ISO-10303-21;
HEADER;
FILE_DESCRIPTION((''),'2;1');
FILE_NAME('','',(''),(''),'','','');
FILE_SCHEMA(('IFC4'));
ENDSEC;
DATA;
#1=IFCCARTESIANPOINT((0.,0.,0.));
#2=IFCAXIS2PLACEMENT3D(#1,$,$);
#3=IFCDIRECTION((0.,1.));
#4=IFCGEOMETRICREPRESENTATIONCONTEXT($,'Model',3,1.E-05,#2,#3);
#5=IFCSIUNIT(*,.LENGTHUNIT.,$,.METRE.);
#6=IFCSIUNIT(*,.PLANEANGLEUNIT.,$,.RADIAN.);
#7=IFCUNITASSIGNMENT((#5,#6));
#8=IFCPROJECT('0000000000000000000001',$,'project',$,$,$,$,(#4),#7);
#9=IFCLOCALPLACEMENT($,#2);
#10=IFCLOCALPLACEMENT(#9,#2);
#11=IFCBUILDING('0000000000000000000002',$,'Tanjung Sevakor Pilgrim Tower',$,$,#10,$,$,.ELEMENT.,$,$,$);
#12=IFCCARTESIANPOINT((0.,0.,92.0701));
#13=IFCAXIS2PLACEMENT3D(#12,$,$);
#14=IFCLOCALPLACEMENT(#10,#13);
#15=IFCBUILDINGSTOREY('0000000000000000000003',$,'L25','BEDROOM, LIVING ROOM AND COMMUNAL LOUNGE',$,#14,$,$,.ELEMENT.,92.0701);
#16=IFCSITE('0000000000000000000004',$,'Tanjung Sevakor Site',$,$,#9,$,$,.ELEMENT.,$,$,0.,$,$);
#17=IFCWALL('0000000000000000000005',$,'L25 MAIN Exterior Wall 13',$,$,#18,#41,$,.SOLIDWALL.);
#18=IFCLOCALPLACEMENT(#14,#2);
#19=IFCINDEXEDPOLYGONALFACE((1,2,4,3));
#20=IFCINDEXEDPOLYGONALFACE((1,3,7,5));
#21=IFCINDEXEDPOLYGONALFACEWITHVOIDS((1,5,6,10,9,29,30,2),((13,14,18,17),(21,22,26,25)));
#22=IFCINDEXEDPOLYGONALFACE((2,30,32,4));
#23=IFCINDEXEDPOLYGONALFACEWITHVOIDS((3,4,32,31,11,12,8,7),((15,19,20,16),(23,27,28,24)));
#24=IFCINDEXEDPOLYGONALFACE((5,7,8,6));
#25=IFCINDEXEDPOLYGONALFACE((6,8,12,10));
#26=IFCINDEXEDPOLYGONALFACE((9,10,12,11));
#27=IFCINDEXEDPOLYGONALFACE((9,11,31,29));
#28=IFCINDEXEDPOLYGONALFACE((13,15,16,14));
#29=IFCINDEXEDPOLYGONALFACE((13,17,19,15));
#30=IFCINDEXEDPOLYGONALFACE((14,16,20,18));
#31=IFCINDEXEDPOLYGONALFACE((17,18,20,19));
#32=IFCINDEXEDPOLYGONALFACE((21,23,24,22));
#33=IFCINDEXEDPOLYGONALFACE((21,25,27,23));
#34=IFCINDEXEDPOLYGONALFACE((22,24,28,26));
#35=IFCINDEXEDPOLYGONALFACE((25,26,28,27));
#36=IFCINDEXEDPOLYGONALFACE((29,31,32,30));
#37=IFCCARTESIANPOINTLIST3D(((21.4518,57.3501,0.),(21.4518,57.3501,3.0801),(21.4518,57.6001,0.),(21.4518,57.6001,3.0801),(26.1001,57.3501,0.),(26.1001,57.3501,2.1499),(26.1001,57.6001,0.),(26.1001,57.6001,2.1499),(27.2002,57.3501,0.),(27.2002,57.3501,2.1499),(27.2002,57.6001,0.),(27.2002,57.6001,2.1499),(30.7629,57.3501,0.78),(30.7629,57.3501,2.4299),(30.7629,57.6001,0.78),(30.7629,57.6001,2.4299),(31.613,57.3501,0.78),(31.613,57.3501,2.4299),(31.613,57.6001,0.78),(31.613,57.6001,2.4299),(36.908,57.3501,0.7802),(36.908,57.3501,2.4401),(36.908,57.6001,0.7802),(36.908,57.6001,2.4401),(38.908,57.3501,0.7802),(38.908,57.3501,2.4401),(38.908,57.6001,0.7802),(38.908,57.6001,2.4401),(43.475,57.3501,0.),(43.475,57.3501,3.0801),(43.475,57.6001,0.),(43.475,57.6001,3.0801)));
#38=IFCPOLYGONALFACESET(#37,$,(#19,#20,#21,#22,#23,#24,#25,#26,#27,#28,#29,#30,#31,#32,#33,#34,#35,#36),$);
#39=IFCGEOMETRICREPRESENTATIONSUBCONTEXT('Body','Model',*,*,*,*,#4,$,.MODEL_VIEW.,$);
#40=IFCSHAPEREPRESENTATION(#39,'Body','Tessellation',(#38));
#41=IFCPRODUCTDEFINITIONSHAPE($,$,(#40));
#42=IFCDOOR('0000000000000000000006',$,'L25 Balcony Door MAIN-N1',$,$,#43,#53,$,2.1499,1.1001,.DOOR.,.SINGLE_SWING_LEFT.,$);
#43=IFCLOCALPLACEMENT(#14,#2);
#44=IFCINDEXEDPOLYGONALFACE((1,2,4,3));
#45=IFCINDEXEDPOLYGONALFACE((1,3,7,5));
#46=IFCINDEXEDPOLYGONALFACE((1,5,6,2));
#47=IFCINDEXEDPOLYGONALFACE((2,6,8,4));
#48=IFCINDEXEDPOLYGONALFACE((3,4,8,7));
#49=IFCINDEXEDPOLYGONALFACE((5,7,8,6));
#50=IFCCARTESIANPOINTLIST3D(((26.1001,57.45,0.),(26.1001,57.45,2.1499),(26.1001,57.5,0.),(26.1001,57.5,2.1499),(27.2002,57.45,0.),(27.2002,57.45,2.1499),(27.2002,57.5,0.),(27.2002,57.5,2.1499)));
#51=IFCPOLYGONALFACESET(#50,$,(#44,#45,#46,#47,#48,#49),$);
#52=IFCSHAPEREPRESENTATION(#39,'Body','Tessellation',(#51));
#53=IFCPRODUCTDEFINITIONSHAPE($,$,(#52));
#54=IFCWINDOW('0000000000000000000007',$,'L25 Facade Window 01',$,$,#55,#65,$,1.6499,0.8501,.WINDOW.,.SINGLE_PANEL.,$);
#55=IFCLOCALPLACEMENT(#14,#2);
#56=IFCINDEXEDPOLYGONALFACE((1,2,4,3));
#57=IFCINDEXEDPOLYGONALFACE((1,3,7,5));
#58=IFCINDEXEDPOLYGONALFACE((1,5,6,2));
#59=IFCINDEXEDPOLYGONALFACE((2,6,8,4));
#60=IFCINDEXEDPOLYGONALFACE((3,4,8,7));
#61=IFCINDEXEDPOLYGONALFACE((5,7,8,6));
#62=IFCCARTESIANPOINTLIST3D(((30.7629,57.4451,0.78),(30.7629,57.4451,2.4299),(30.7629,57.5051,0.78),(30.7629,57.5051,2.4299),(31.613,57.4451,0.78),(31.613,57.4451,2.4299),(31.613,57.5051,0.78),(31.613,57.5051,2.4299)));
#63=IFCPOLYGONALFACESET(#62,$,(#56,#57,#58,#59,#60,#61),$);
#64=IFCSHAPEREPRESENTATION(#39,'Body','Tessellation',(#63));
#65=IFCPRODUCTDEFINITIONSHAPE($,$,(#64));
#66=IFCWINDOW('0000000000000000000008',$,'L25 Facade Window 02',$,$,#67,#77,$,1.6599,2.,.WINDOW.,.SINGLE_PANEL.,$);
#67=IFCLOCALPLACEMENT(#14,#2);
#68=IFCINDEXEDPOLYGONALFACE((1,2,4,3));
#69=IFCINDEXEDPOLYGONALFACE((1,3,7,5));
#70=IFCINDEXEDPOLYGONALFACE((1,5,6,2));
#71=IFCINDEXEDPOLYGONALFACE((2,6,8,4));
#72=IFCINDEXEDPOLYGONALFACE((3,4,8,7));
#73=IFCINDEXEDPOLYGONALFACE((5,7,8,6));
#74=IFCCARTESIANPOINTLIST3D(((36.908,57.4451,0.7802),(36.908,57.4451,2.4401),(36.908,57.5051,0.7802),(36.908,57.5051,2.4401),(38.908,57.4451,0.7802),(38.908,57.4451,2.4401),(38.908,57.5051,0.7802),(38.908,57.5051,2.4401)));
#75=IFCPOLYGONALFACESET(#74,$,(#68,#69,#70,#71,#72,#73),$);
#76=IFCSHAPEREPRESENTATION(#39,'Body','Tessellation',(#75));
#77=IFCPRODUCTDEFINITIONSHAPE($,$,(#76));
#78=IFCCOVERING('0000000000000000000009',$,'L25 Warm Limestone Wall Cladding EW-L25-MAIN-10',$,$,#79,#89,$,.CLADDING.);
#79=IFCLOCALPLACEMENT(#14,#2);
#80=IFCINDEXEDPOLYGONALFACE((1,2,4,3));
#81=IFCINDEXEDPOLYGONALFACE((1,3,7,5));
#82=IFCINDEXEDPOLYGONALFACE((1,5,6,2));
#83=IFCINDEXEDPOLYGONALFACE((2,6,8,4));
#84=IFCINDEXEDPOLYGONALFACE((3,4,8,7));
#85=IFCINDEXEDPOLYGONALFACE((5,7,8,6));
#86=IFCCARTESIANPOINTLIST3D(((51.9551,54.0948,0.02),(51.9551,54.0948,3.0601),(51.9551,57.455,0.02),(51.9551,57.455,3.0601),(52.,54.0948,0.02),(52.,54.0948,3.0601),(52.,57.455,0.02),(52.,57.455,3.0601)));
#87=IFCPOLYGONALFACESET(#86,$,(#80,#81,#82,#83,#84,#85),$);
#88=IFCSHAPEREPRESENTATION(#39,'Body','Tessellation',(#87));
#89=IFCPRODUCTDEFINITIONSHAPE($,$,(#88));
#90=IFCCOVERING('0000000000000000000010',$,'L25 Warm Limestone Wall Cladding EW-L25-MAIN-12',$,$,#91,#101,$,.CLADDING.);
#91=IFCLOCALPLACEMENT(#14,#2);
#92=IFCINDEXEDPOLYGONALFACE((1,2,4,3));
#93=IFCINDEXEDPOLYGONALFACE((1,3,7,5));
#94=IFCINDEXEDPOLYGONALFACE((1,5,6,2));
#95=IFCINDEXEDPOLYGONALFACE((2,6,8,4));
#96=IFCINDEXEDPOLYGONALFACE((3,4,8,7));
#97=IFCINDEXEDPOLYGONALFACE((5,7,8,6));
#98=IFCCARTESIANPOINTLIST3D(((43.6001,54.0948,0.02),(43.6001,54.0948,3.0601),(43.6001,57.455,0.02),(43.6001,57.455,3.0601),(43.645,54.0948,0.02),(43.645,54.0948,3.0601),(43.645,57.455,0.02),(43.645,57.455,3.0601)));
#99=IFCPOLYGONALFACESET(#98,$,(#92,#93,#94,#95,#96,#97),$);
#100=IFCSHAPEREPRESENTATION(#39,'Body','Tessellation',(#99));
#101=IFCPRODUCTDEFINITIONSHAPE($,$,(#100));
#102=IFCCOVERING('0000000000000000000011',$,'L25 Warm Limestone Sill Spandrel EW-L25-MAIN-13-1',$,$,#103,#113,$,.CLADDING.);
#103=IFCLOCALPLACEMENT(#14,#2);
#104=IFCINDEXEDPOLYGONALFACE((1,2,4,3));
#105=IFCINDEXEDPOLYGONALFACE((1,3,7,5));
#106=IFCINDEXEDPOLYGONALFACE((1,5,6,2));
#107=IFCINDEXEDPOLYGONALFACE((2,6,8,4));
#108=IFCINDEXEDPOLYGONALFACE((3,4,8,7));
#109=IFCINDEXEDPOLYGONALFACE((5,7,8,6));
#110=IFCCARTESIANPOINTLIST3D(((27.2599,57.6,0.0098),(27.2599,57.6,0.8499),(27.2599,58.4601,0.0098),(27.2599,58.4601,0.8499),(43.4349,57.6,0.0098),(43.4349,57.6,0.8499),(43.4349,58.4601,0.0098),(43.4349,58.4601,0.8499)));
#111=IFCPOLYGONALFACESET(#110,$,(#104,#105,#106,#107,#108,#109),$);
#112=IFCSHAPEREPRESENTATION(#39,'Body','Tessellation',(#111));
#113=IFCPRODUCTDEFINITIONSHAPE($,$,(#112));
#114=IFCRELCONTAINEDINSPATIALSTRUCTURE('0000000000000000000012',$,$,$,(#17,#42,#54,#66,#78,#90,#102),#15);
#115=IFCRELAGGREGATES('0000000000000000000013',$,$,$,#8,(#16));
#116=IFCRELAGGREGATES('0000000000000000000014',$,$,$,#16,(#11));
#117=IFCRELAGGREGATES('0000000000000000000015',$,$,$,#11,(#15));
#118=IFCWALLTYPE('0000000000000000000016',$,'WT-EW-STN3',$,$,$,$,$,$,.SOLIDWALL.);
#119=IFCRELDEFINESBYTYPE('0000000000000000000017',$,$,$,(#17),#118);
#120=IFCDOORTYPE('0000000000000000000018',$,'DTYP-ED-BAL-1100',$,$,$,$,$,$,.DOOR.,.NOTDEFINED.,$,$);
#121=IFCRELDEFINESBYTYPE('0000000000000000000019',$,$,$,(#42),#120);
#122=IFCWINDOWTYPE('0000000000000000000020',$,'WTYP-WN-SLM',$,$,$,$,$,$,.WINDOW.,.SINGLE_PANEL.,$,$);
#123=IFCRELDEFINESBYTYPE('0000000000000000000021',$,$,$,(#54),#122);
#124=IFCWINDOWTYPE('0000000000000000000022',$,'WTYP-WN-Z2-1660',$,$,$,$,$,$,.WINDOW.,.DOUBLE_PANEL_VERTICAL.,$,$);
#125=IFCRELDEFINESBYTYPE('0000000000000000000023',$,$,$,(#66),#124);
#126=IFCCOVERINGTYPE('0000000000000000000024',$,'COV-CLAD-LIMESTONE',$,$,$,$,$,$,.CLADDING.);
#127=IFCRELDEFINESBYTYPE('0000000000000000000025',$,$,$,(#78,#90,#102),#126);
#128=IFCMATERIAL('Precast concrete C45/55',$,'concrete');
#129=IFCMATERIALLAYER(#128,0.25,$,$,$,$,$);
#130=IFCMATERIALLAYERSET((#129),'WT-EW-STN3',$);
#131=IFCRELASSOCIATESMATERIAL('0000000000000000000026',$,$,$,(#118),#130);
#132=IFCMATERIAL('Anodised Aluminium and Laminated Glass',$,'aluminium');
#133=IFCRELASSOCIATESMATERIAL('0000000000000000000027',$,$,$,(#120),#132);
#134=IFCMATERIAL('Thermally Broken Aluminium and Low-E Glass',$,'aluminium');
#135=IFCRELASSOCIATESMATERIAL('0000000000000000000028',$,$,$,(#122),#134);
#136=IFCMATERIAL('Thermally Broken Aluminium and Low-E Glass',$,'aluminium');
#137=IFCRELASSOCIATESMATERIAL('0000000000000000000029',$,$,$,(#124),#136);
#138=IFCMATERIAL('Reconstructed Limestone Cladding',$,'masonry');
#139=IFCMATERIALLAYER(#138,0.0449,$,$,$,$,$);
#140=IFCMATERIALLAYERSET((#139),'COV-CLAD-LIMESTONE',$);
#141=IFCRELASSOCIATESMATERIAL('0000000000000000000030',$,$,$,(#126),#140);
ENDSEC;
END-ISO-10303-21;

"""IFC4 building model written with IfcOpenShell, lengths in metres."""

from ifc_helpers import new_model, si_unit, direction, frame, frame_2d, origin, origin_2d, place, context, subcontext, project, spatial, rectangle, extrude, material, layer, layer_set, type_object, element, fill, save


model = new_model("IFC4")

# Units and contexts
model_context = context("Model", 3, precision=1e-05, world=origin(), true_north=direction((0.0, 1.0)))
body_context = subcontext(model_context, "Body", "Model", "MODEL_VIEW")
ifc_project = project(units=[si_unit("LENGTHUNIT", "METRE"), si_unit("PLANEANGLEUNIT", "RADIAN")], contexts=[model_context])

# Site, building, storey
site_placement = place(None, origin())
site = spatial("IfcSite", under=ifc_project, at=site_placement, Name="Tanjung Sevakor Site", CompositionType="ELEMENT", RefElevation=0.0)
building_placement = place(site_placement, origin())
building = spatial("IfcBuilding", under=site, at=building_placement, Name="Tanjung Sevakor Pilgrim Tower", CompositionType="ELEMENT")
storey_placement = place(building_placement, frame((0.0, 0.0, 92.0701)))
storey = spatial("IfcBuildingStorey", under=building, at=storey_placement, Name="L25", Description="BEDROOM, LIVING ROOM AND COMMUNAL LOUNGE", CompositionType="ELEMENT", Elevation=92.0701)

# Shared definitions
ifc_material_1 = material(Name="Precast concrete C45/55", Category="concrete")
ifc_layer_1 = layer(ifc_material_1, 0.25)
ifc_layer_set_1 = layer_set([ifc_layer_1], Name="WT-EW-STN3")
wall_type_1 = type_object("IfcWallType", Name="WT-EW-STN3", PredefinedType="SOLIDWALL", material=ifc_layer_set_1)

# Wall, openings, door, windows
wall_1_placement = place(storey_placement, frame((43.4751, 57.4751, 0.0), z_axis=(0.0, 0.0, 1.0), x_axis=(-1.0, 0.0, 0.0)))
wall_1 = element("IfcWall", 1, at=wall_1_placement, inside=storey, type_object=wall_type_1, Name="L25 MAIN Exterior Wall 13", PredefinedType="SOLIDWALL", context=body_context, shape_type="SweptSolid", body=[
    extrude(rectangle(XDim=22.0232, YDim=0.25, at=frame_2d((11.0117, 0.0))), origin(), (0.0, 0.0, 1.0), 3.0801),
])
opening_1_placement = place(wall_1_placement, frame((16.2749, 0.0, 0.0)))
opening_1 = element("IfcOpeningElement", 2, at=opening_1_placement, cuts=wall_1, PredefinedType="OPENING", context=body_context, shape_type="SweptSolid", body=[
    extrude(rectangle(XDim=1.1001, YDim=2.1499, at=frame_2d((0.55, 1.075))), frame((0.0, 0.135, 0.0), z_axis=(0.0, -1.0, 0.0), x_axis=(1.0, 0.0, 0.0)), (0.0, 0.0, 1.0), 0.27),
])
opening_2_placement = place(wall_1_placement, frame((11.8621, 0.0, 0.78)))
opening_2 = element("IfcOpeningElement", 3, at=opening_2_placement, cuts=wall_1, PredefinedType="OPENING", context=body_context, shape_type="SweptSolid", body=[
    extrude(rectangle(XDim=0.8501, YDim=1.6499, at=frame_2d((0.425, 0.825))), frame((0.0, 0.135, 0.0), z_axis=(0.0, -1.0, 0.0), x_axis=(1.0, 0.0, 0.0)), (0.0, 0.0, 1.0), 0.27),
])
opening_3_placement = place(wall_1_placement, frame((4.5671, 0.0, 0.78)))
opening_3 = element("IfcOpeningElement", 4, at=opening_3_placement, cuts=wall_1, PredefinedType="OPENING", context=body_context, shape_type="SweptSolid", body=[
    extrude(rectangle(XDim=2.0, YDim=1.6599, at=frame_2d((1.0, 0.8301))), frame((0.0, 0.135, 0.0), z_axis=(0.0, -1.0, 0.0), x_axis=(1.0, 0.0, 0.0)), (0.0, 0.0, 1.0), 0.27),
])
ifc_material_2 = material(Name="Anodised Aluminium and Laminated Glass", Category="aluminium")
door_type_1 = type_object("IfcDoorType", Name="DTYP-ED-BAL-1100", OperationType="NOTDEFINED", PredefinedType="DOOR", material=ifc_material_2)
door_1_placement = place(opening_1_placement, frame((1.1001, 0.0, 0.0), z_axis=(0.0, 0.0, 1.0), x_axis=(-1.0, 0.0, 0.0)))
door_1 = element("IfcDoor", 5, at=door_1_placement, inside=storey, type_object=door_type_1, Name="L25 Balcony Door MAIN-N1", OperationType="SINGLE_SWING_LEFT", OverallHeight=2.1499, OverallWidth=1.1001, PredefinedType="DOOR", context=body_context, shape_type="SweptSolid", body=[
    extrude(rectangle(XDim=1.1001, YDim=2.1499, at=frame_2d((0.55, 1.075))), frame((0.0, 0.0249, 0.0), z_axis=(0.0, -1.0, 0.0), x_axis=(1.0, 0.0, 0.0)), (0.0, 0.0, 1.0), 0.05),
])
fill(opening_1, door_1)
ifc_material_3 = material(Name="Thermally Broken Aluminium and Low-E Glass", Category="aluminium")
window_type_1 = type_object("IfcWindowType", Name="WTYP-WN-SLM", PartitioningType="SINGLE_PANEL", PredefinedType="WINDOW", material=ifc_material_3)
window_1_placement = place(opening_2_placement, origin())
window_1 = element("IfcWindow", 6, at=window_1_placement, inside=storey, type_object=window_type_1, Name="L25 Facade Window 01", OverallHeight=1.6499, OverallWidth=0.8501, PartitioningType="SINGLE_PANEL", PredefinedType="WINDOW", context=body_context, shape_type="SweptSolid", body=[
    extrude(rectangle(XDim=0.8501, YDim=1.6499, at=frame_2d((0.425, 0.825))), frame((0.0, 0.03, 0.0), z_axis=(0.0, -1.0, 0.0), x_axis=(1.0, 0.0, 0.0)), (0.0, 0.0, 1.0), 0.0601),
])
fill(opening_2, window_1)
ifc_material_4 = material(Name="Thermally Broken Aluminium and Low-E Glass", Category="aluminium")
window_type_2 = type_object("IfcWindowType", Name="WTYP-WN-Z2-1660", PartitioningType="DOUBLE_PANEL_VERTICAL", PredefinedType="WINDOW", material=ifc_material_4)
window_2_placement = place(opening_3_placement, origin())
window_2 = element("IfcWindow", 7, at=window_2_placement, inside=storey, type_object=window_type_2, Name="L25 Facade Window 02", OverallHeight=1.6599, OverallWidth=2.0, PartitioningType="SINGLE_PANEL", PredefinedType="WINDOW", context=body_context, shape_type="SweptSolid", body=[
    extrude(rectangle(XDim=2.0, YDim=1.6599, at=frame_2d((1.0, 0.8301))), frame((0.0, 0.03, 0.0), z_axis=(0.0, -1.0, 0.0), x_axis=(1.0, 0.0, 0.0)), (0.0, 0.0, 1.0), 0.0601),
])
fill(opening_3, window_2)

# Coverings
ifc_material_5 = material(Name="Reconstructed Limestone Cladding", Category="masonry")
ifc_layer_2 = layer(ifc_material_5, 0.0449)
ifc_layer_set_2 = layer_set([ifc_layer_2], Name="COV-CLAD-LIMESTONE")
covering_type = type_object("IfcCoveringType", Name="COV-CLAD-LIMESTONE", PredefinedType="CLADDING", material=ifc_layer_set_2)
for number, where, z_axis, x_axis, name in (
    (8, (51.9775, 55.7749, 0.02), (0.0, 0.0, 1.0), (0.0, -1.0, 0.0), "L25 Warm Limestone Wall Cladding EW-L25-MAIN-10"),
    (9, (43.6226, 55.7749, 0.02), (0.0, 0.0, 1.0), (0.0, 1.0, 0.0), "L25 Warm Limestone Wall Cladding EW-L25-MAIN-12"),
):
    element("IfcCovering", number, at=place(storey_placement, frame(where, z_axis=z_axis, x_axis=x_axis)), inside=storey, type_object=covering_type, Name=name, PredefinedType="CLADDING", context=body_context, shape_type="SweptSolid", body=[
        extrude(rectangle(XDim=3.3601, YDim=0.0449, at=origin_2d()), origin(), (0.0, 0.0, 1.0), 3.04),
    ])
covering_placement = place(storey_placement, frame((35.3474, 58.03, 0.0098), z_axis=(0.0, 0.0, 1.0), x_axis=(-1.0, 0.0, 0.0)))
element("IfcCovering", 10, at=covering_placement, inside=storey, type_object=covering_type, Name="L25 Warm Limestone Sill Spandrel EW-L25-MAIN-13-1", PredefinedType="CLADDING", context=body_context, shape_type="SweptSolid", body=[
    extrude(rectangle(XDim=16.175, YDim=0.8601, at=origin_2d()), origin(), (0.0, 0.0, 1.0), 0.8401),
])

save(model, "model.ifc")
